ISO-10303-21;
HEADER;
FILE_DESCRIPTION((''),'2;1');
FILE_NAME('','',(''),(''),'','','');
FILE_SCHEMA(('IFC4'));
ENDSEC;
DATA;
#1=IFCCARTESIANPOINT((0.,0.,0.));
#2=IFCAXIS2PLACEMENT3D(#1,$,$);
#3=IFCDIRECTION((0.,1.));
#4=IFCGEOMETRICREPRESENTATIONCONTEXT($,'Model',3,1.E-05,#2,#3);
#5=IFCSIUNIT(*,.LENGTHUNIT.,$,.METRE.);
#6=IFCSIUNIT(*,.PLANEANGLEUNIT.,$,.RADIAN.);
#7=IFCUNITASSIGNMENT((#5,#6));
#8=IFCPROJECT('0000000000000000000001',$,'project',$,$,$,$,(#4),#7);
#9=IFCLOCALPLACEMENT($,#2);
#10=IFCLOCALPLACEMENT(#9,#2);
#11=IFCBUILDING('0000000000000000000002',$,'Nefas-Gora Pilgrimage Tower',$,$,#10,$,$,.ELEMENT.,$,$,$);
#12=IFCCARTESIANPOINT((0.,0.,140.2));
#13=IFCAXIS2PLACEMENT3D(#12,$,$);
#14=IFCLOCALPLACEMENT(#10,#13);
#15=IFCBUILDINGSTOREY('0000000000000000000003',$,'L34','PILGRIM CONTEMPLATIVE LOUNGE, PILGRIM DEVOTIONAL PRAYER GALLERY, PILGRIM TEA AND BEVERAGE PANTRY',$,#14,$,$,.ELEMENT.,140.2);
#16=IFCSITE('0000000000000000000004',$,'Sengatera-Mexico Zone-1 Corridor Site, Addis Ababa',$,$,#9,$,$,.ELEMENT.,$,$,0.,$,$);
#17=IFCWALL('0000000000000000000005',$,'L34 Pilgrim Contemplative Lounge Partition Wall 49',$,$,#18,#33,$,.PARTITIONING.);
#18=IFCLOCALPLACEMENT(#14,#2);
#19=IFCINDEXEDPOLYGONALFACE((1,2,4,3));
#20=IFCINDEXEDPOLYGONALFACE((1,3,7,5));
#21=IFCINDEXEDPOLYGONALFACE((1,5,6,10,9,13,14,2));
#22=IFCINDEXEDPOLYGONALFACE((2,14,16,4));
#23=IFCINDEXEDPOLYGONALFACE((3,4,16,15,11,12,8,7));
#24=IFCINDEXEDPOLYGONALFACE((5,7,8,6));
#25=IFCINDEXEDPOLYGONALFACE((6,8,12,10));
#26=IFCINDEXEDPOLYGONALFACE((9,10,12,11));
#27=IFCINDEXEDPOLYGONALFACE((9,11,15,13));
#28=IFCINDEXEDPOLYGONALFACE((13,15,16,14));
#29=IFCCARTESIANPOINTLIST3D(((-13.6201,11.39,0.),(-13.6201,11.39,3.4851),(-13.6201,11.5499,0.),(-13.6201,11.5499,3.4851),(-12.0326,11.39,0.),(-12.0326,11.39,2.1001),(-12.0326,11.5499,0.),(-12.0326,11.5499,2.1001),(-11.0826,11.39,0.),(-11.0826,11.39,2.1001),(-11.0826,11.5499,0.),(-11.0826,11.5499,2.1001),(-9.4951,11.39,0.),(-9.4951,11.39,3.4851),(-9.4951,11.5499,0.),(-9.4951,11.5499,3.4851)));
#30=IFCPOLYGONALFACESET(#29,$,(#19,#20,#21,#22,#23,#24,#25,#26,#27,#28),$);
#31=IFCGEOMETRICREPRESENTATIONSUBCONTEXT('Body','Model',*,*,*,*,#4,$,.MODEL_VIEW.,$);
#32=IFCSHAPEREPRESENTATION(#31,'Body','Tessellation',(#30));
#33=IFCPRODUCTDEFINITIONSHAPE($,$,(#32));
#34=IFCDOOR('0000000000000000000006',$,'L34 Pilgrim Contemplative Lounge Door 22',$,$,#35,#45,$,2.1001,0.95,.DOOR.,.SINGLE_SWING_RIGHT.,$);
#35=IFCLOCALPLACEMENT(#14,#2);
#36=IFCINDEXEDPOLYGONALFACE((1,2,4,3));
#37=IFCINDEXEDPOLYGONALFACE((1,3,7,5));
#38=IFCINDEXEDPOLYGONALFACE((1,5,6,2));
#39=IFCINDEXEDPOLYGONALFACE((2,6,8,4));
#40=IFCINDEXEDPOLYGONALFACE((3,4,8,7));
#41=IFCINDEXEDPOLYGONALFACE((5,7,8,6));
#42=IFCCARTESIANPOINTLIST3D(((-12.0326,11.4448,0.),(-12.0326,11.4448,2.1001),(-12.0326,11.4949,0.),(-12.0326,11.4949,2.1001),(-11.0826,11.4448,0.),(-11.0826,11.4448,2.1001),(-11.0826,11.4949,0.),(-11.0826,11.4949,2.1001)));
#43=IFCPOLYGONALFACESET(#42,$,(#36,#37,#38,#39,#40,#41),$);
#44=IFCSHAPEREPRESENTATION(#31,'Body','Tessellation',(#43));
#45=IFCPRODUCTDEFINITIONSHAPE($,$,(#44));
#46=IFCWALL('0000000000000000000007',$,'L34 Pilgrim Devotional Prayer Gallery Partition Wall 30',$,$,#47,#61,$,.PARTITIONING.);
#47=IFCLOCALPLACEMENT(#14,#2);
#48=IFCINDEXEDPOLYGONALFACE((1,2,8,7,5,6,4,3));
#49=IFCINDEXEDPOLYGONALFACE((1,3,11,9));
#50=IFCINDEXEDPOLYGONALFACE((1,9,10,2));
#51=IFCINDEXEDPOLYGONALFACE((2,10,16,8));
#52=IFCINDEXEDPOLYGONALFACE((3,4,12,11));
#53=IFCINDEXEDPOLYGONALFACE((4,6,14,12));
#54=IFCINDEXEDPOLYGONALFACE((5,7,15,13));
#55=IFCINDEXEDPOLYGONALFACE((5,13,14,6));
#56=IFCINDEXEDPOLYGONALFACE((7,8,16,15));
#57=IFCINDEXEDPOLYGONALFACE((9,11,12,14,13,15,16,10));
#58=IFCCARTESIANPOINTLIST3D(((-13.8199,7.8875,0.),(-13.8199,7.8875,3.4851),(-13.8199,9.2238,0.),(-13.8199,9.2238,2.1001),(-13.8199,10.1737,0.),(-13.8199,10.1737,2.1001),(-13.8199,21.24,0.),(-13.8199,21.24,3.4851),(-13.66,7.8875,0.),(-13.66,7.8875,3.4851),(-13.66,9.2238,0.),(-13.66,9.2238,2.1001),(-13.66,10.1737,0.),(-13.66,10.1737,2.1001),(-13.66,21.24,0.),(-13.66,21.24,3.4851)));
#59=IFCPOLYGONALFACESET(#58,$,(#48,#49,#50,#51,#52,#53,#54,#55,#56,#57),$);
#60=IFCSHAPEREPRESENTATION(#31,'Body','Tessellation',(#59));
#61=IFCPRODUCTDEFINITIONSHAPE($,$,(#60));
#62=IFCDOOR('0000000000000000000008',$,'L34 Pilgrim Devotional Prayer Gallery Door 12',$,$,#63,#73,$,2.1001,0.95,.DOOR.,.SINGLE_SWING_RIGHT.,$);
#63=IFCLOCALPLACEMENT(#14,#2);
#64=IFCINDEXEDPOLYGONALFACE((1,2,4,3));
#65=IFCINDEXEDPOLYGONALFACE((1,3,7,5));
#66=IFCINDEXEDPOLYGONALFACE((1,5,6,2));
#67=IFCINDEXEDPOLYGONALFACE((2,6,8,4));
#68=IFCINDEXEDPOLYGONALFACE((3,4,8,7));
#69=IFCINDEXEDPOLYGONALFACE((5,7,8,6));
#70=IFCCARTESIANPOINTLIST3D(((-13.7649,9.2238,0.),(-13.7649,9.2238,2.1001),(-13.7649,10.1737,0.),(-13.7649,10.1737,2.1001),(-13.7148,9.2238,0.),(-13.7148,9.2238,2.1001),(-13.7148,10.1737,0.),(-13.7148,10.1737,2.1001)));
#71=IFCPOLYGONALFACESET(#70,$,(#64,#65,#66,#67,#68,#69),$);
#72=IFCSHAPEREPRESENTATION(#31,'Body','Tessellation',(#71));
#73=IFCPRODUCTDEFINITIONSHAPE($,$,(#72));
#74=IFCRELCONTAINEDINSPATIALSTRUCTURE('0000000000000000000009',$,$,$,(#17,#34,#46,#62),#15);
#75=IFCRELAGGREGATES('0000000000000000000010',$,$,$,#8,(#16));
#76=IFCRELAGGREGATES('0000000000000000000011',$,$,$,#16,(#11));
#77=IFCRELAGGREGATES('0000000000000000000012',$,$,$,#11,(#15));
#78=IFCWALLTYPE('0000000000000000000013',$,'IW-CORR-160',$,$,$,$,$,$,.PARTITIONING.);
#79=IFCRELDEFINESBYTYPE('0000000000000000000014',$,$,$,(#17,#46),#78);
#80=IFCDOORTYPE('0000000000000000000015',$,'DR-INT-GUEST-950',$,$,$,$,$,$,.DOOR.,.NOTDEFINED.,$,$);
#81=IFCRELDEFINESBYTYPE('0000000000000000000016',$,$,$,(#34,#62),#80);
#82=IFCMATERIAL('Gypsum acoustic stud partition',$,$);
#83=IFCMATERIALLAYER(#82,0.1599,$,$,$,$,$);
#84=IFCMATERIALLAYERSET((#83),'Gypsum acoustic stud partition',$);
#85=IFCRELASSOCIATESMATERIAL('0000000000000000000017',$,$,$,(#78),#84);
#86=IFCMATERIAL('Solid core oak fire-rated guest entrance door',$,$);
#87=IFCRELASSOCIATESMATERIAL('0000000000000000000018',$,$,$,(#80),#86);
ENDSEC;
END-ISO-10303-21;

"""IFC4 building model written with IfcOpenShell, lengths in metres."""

from ifc_helpers import new_model, si_unit, direction, frame, frame_2d, origin, place, context, subcontext, project, spatial, rectangle, extrude, source, transform, mapped, material, layer, layer_set, type_object, element, fill, save


model = new_model("IFC4")

# Units and contexts
model_context = context("Model", 3, precision=1e-05, world=origin(), true_north=direction((0.0, 1.0)))
body_context = subcontext(model_context, "Body", "Model", "MODEL_VIEW")
ifc_project = project(units=[si_unit("LENGTHUNIT", "METRE"), si_unit("PLANEANGLEUNIT", "RADIAN")], contexts=[model_context])

# Site, building, storey
site_placement = place(None, origin())
site = spatial("IfcSite", under=ifc_project, at=site_placement, Name="Sengatera-Mexico Zone-1 Corridor Site, Addis Ababa", CompositionType="ELEMENT", RefElevation=0.0)
building_placement = place(site_placement, origin())
building = spatial("IfcBuilding", under=site, at=building_placement, Name="Nefas-Gora Pilgrimage Tower", CompositionType="ELEMENT")
storey_placement = place(building_placement, frame((0.0, 0.0, 140.2)))
storey = spatial("IfcBuildingStorey", under=building, at=storey_placement, Name="L34", Description="PILGRIM CONTEMPLATIVE LOUNGE, PILGRIM DEVOTIONAL PRAYER GALLERY, PILGRIM TEA AND BEVERAGE PANTRY", CompositionType="ELEMENT", Elevation=140.2)

# Walls, openings, doors
ifc_material_1 = material(Name="Gypsum acoustic stud partition")
ifc_layer_1 = layer(ifc_material_1, 0.1599)
ifc_layer_set_1 = layer_set([ifc_layer_1], Name="Gypsum acoustic stud partition")
wall_type_1 = type_object("IfcWallType", Name="IW-CORR-160", PredefinedType="PARTITIONING", material=ifc_layer_set_1)
shared_shape_1 = source(origin(), body_context, "Body", "SweptSolid", [
    extrude(rectangle(XDim=4.125, YDim=0.1599, at=frame_2d((2.0625, 0.0))), origin(), (0.0, 0.0, 1.0), 3.4851),
])
wall_1_placement = place(storey_placement, frame((-13.6201, 11.47, 0.0), z_axis=(0.0, 0.0, 1.0), x_axis=(1.0, 0.0, 0.0)))
wall_1 = element("IfcWall", 1, at=wall_1_placement, inside=storey, type_object=wall_type_1, Name="L34 Pilgrim Contemplative Lounge Partition Wall 49", PredefinedType="PARTITIONING", context=body_context, shape_type="MappedRepresentation", body=[
    mapped(shared_shape_1, transform((0.0, 0.0, 0.0), x_axis=(1.0, 0.0, 0.0), y_axis=(0.0, 1.0, 0.0), z_axis=(0.0, 0.0, 1.0), scale=1.0)),
])
opening_1_placement = place(wall_1_placement, frame((1.5874, 0.0, 0.0)))
opening_1 = element("IfcOpeningElement", 2, at=opening_1_placement, cuts=wall_1, PredefinedType="OPENING", context=body_context, shape_type="SweptSolid", body=[
    extrude(rectangle(XDim=0.95, YDim=2.1001, at=frame_2d((0.4751, 1.05))), frame((0.0, 0.0898, 0.0), z_axis=(0.0, -1.0, 0.0), x_axis=(1.0, 0.0, 0.0)), (0.0, 0.0, 1.0), 0.1799),
])
ifc_material_2 = material(Name="Solid core oak fire-rated guest entrance door")
door_type = type_object("IfcDoorType", Name="DR-INT-GUEST-950", OperationType="NOTDEFINED", PredefinedType="DOOR", material=ifc_material_2)
shared_shape_2 = source(origin(), body_context, "Body", "SweptSolid", [
    extrude(rectangle(XDim=0.95, YDim=2.1001, at=frame_2d((0.4751, 1.05))), frame((0.0, 0.0249, 0.0), z_axis=(0.0, -1.0, 0.0), x_axis=(1.0, 0.0, 0.0)), (0.0, 0.0, 1.0), 0.05),
])
door_1_placement = place(opening_1_placement, origin())
door_1 = element("IfcDoor", 3, at=door_1_placement, inside=storey, type_object=door_type, Name="L34 Pilgrim Contemplative Lounge Door 22", OperationType="SINGLE_SWING_RIGHT", OverallHeight=2.1001, OverallWidth=0.95, PredefinedType="DOOR", context=body_context, shape_type="MappedRepresentation", body=[
    mapped(shared_shape_2, transform((0.0, 0.0, 0.0), x_axis=(1.0, 0.0, 0.0), y_axis=(0.0, 1.0, 0.0), z_axis=(0.0, 0.0, 1.0), scale=1.0)),
])
fill(opening_1, door_1)
shared_shape_3 = source(origin(), body_context, "Body", "SweptSolid", [
    extrude(rectangle(XDim=13.3525, YDim=0.1599, at=frame_2d((6.6763, 0.0))), origin(), (0.0, 0.0, 1.0), 3.4851),
])
wall_2_placement = place(storey_placement, frame((-13.74, 7.8875, 0.0), z_axis=(0.0, 0.0, 1.0), x_axis=(0.0, 1.0, 0.0)))
wall_2 = element("IfcWall", 4, at=wall_2_placement, inside=storey, type_object=wall_type_1, Name="L34 Pilgrim Devotional Prayer Gallery Partition Wall 30", PredefinedType="PARTITIONING", context=body_context, shape_type="MappedRepresentation", body=[
    mapped(shared_shape_3, transform((0.0, 0.0, 0.0), x_axis=(1.0, 0.0, 0.0), y_axis=(0.0, 1.0, 0.0), z_axis=(0.0, 0.0, 1.0), scale=1.0)),
])
opening_2_placement = place(wall_2_placement, frame((1.3362, 0.0, 0.0)))
opening_2 = element("IfcOpeningElement", 5, at=opening_2_placement, cuts=wall_2, PredefinedType="OPENING", context=body_context, shape_type="SweptSolid", body=[
    extrude(rectangle(XDim=0.95, YDim=2.1001, at=frame_2d((0.4751, 1.05))), frame((0.0, 0.0898, 0.0), z_axis=(0.0, -1.0, 0.0), x_axis=(1.0, 0.0, 0.0)), (0.0, 0.0, 1.0), 0.1799),
])
door_2_placement = place(opening_2_placement, origin())
door_2 = element("IfcDoor", 6, at=door_2_placement, inside=storey, type_object=door_type, Name="L34 Pilgrim Devotional Prayer Gallery Door 12", OperationType="SINGLE_SWING_RIGHT", OverallHeight=2.1001, OverallWidth=0.95, PredefinedType="DOOR", context=body_context, shape_type="MappedRepresentation", body=[
    mapped(shared_shape_2, transform((0.0, 0.0, 0.0), x_axis=(1.0, 0.0, 0.0), y_axis=(0.0, 1.0, 0.0), z_axis=(0.0, 0.0, 1.0), scale=1.0)),
])
fill(opening_2, door_2)

save(model, "model.ifc")
